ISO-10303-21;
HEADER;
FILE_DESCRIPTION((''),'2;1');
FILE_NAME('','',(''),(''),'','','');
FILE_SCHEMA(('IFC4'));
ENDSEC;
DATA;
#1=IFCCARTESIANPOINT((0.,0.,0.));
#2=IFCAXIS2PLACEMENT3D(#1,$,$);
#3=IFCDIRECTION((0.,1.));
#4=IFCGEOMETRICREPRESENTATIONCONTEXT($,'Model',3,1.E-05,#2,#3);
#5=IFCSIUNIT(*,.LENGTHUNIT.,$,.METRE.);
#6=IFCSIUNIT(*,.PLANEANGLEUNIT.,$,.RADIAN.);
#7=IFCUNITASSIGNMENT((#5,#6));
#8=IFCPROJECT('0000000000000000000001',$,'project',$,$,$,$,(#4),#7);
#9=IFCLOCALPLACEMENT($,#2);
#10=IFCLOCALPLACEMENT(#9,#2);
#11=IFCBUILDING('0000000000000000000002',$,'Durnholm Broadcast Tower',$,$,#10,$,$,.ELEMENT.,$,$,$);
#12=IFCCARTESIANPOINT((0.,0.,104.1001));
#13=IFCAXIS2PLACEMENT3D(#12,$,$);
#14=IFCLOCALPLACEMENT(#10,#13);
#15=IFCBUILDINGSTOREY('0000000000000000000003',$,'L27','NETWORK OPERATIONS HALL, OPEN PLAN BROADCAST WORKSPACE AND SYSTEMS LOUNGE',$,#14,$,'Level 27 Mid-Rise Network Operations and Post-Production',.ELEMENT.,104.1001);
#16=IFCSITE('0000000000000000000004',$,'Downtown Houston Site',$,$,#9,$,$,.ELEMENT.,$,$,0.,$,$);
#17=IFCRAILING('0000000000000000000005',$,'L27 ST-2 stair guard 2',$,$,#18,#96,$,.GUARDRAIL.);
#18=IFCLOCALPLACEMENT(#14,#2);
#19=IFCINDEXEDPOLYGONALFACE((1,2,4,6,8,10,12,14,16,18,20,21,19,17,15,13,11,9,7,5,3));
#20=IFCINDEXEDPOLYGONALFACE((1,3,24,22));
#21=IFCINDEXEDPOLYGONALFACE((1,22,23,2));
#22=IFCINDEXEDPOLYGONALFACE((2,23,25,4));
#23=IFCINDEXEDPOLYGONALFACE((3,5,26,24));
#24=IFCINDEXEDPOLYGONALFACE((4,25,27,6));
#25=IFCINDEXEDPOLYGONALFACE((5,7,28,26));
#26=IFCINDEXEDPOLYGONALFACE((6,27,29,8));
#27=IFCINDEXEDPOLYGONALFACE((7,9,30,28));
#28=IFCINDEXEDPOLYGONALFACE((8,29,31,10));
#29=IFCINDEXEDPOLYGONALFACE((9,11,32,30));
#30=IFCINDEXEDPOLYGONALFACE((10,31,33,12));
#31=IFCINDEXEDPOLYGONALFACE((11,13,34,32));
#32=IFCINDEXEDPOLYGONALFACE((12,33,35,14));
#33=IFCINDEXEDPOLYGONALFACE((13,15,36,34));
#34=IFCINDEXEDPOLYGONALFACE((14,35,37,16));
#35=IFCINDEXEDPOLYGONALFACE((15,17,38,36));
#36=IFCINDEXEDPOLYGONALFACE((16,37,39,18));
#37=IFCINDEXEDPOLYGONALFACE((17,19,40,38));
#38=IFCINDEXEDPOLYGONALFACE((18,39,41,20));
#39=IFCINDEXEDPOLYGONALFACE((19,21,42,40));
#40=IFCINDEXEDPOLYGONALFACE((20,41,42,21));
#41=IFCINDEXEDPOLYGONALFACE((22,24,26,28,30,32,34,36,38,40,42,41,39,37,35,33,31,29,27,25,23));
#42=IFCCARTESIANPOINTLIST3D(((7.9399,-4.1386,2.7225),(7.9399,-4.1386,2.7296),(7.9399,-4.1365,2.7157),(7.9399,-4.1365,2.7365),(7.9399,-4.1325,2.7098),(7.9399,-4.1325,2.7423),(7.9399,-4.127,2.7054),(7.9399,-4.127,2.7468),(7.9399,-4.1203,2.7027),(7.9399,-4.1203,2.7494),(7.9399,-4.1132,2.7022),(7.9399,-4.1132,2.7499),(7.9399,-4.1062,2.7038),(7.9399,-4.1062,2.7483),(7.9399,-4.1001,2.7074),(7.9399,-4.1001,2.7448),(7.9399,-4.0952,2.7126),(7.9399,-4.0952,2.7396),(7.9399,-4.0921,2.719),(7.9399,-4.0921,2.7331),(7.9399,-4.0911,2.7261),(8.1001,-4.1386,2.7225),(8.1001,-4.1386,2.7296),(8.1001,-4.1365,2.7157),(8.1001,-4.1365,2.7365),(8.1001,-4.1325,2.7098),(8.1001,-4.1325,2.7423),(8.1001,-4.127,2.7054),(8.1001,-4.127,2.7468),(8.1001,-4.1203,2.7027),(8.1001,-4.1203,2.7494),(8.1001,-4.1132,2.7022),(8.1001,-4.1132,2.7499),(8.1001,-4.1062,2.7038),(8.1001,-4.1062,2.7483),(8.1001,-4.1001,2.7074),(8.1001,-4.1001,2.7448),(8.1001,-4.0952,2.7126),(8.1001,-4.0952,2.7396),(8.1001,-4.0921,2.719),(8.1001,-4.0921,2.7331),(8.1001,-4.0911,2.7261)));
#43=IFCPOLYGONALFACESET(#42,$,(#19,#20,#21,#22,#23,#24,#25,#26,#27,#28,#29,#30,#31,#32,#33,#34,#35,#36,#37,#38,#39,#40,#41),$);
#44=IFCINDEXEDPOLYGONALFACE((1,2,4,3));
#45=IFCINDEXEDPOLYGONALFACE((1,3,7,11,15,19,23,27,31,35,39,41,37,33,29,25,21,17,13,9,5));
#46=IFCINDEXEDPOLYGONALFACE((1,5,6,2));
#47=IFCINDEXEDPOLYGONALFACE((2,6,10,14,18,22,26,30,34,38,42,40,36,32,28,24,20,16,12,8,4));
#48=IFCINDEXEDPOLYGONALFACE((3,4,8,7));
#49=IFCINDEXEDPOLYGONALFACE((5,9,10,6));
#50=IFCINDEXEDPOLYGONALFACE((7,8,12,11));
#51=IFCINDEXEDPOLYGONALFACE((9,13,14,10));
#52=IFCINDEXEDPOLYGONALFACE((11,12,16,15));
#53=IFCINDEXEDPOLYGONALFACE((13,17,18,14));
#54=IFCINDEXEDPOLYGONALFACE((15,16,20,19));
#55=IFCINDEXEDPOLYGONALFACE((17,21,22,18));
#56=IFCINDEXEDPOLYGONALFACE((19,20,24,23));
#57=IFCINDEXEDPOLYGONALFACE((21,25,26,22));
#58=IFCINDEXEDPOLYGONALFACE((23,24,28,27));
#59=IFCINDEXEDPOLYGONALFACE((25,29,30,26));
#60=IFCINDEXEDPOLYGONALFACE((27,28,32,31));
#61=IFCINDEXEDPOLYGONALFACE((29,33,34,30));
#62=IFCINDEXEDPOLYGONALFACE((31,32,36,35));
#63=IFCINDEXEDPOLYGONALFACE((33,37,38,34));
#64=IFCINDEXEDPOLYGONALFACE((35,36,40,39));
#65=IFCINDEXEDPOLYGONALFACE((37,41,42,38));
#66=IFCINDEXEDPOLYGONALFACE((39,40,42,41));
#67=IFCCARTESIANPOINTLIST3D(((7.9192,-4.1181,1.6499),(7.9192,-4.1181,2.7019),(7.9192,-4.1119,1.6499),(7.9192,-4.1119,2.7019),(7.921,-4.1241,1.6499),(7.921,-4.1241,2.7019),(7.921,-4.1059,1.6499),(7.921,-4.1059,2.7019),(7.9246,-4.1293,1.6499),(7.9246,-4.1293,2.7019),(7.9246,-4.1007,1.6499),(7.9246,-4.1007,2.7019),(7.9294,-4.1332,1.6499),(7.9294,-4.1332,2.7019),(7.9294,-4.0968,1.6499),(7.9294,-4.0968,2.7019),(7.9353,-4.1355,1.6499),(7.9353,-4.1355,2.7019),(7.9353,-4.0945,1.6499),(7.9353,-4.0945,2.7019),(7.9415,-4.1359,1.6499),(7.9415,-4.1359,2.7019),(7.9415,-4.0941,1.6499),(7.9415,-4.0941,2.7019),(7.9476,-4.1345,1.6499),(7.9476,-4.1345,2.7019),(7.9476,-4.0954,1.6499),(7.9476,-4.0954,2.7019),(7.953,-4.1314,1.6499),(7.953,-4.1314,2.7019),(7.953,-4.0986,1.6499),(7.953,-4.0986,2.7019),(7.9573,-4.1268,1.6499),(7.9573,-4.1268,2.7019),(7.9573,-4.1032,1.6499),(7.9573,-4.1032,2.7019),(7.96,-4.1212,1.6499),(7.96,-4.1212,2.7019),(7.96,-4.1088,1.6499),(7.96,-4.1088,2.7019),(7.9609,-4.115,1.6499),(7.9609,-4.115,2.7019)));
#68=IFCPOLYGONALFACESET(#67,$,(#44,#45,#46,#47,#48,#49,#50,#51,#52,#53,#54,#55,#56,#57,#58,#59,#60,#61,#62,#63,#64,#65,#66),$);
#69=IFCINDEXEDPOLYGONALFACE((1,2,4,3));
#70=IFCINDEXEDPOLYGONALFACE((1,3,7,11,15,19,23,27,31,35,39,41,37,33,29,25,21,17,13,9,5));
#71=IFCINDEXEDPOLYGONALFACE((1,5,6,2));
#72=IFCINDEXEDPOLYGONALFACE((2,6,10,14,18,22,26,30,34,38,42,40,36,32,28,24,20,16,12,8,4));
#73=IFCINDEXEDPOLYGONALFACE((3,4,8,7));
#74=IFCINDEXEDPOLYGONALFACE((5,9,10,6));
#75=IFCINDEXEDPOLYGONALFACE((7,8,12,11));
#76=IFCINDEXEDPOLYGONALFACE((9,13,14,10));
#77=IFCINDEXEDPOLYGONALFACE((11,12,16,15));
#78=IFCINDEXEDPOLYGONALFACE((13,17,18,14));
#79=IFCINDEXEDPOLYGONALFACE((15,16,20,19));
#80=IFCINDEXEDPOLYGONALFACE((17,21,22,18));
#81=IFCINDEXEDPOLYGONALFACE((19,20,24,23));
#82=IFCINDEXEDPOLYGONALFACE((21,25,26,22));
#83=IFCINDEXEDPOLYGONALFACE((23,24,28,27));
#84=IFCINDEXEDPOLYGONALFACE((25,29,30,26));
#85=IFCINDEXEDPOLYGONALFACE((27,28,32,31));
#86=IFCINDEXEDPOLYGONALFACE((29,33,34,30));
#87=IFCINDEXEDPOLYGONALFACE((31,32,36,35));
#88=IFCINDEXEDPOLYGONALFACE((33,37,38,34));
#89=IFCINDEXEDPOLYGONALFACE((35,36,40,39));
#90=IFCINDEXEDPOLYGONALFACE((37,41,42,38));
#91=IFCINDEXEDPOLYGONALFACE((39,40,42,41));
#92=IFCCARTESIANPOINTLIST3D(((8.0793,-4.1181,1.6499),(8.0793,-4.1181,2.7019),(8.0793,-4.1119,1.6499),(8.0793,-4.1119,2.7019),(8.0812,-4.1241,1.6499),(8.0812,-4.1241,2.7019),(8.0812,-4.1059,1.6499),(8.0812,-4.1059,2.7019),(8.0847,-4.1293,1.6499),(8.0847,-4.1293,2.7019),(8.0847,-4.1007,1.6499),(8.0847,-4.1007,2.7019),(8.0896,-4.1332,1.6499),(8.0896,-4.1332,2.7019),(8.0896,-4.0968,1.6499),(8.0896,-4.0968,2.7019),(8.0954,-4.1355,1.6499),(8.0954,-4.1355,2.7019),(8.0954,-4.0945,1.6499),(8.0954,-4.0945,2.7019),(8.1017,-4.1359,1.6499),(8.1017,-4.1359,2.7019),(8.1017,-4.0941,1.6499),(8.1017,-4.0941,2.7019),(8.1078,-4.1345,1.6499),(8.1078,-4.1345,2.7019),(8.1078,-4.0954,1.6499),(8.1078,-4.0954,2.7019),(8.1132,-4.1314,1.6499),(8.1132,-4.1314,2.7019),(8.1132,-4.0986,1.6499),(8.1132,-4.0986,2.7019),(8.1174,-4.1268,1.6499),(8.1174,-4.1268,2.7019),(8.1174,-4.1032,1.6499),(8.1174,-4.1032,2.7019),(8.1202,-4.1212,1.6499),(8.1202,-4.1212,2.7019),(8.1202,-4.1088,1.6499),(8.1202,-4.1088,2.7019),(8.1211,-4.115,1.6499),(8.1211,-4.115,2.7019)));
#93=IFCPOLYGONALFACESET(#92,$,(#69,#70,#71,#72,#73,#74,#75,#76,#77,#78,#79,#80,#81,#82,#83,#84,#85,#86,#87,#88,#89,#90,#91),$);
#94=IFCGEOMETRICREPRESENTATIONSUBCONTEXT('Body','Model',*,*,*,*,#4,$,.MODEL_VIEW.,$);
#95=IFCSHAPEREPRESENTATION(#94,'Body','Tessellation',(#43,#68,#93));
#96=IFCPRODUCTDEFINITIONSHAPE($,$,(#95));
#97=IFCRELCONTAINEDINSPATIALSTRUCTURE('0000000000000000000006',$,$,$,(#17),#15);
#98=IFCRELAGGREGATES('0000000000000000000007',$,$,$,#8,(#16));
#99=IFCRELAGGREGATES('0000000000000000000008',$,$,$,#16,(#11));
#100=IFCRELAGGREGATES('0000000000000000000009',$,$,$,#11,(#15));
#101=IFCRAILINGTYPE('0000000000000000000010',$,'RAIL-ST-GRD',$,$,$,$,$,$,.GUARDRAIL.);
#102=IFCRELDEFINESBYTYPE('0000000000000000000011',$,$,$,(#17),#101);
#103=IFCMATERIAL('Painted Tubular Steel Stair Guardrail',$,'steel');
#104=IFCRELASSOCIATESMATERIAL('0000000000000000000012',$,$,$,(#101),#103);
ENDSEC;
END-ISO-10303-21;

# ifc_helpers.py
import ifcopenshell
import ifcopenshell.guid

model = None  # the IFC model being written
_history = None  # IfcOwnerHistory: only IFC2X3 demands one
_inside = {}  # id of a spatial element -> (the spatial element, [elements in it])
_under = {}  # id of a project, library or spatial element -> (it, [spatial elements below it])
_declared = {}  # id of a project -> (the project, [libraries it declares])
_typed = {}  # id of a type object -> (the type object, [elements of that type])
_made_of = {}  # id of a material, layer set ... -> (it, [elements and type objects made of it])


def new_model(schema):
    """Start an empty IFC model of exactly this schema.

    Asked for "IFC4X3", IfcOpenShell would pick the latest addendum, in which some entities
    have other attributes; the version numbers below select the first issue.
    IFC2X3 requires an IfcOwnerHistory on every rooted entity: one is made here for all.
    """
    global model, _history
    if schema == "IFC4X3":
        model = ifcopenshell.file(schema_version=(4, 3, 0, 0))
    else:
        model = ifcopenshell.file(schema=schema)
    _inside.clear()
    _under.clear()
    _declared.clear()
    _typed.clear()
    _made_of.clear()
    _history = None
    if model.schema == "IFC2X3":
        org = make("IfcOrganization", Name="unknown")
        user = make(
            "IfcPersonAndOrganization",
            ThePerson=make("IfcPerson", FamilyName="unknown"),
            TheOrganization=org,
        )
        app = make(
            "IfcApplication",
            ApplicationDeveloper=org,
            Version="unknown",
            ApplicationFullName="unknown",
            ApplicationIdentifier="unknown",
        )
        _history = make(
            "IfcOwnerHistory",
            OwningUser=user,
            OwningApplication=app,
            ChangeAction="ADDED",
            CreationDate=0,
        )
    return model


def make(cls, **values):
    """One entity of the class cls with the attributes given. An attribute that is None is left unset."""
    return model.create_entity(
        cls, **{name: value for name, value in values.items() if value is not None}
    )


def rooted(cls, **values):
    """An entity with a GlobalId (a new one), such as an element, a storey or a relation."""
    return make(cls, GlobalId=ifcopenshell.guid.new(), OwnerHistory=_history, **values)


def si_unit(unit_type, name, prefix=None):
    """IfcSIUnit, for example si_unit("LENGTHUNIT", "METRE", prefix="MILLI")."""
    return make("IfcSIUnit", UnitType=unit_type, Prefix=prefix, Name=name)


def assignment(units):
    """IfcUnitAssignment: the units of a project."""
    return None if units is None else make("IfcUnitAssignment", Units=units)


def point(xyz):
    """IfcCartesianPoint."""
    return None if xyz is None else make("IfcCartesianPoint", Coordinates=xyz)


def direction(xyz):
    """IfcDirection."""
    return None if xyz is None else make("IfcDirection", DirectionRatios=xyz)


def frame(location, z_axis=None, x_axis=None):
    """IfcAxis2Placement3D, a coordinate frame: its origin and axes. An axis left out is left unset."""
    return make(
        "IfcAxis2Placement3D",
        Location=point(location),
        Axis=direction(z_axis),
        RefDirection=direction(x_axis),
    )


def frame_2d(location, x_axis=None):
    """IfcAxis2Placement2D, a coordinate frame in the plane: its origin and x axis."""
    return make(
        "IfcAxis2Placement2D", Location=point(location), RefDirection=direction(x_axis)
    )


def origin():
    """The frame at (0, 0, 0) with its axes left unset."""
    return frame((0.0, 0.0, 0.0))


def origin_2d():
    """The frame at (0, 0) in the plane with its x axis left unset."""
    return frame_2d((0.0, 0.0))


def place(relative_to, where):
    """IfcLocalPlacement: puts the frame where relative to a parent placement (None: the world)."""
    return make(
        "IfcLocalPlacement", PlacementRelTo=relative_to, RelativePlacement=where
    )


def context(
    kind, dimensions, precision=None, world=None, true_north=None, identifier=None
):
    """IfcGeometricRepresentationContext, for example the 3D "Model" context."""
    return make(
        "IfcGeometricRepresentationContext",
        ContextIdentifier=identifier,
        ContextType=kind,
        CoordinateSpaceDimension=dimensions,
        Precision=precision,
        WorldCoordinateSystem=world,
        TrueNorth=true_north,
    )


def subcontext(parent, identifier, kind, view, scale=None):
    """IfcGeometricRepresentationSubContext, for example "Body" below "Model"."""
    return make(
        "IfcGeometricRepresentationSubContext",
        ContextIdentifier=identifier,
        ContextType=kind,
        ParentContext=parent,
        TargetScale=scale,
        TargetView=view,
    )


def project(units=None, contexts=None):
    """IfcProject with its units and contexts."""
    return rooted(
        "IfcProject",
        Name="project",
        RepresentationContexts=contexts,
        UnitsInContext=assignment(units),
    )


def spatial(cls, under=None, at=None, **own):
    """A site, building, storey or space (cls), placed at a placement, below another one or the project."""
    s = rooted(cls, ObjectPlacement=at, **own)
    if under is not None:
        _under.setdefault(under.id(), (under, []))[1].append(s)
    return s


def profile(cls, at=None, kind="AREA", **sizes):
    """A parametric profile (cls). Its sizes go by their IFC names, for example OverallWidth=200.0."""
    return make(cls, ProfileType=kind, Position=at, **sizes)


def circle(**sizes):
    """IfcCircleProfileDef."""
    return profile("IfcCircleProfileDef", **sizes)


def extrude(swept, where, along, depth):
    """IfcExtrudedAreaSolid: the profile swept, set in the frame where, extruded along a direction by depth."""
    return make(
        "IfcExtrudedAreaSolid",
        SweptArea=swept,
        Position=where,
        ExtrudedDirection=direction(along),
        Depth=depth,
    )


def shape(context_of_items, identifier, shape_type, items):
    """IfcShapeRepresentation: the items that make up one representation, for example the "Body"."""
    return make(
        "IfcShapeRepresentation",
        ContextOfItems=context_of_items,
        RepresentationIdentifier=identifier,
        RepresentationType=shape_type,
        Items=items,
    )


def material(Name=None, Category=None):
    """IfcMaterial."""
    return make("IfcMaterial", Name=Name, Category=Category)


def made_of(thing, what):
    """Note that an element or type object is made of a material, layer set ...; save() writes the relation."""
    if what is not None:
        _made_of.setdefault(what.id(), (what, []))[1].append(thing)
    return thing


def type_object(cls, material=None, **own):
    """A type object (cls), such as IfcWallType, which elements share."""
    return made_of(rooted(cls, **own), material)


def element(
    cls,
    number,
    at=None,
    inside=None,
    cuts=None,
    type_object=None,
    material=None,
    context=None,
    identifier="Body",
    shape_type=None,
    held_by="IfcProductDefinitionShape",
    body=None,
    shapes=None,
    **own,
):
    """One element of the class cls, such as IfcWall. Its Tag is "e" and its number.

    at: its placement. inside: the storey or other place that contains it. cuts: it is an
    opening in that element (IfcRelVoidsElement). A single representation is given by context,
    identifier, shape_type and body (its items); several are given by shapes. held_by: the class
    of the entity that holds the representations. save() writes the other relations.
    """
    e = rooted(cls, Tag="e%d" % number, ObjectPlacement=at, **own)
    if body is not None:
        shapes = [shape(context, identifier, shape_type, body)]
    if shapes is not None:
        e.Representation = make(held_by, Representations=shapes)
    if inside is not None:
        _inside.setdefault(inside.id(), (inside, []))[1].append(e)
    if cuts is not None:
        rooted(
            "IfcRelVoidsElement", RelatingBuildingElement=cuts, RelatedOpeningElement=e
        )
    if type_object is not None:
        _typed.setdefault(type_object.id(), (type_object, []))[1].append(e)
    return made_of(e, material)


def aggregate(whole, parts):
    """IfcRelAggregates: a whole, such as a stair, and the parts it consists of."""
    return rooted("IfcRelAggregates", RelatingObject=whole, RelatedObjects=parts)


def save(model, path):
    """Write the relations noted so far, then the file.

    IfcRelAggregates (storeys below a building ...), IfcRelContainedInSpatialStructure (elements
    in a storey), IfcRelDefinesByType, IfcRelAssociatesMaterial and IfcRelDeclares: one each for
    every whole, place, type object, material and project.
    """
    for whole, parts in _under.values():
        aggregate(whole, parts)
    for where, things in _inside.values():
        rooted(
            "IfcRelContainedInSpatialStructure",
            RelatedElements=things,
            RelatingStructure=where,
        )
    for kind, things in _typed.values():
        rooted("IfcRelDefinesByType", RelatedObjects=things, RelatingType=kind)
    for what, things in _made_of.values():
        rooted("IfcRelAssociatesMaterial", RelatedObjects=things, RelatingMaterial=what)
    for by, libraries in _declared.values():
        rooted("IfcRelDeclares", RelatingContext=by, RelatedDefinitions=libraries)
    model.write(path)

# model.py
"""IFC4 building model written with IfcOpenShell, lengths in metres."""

from ifc_helpers import new_model, si_unit, direction, frame, origin, origin_2d, place, context, subcontext, project, spatial, circle, extrude, material, type_object, element, save


model = new_model("IFC4")

# Units and contexts
model_context = context("Model", 3, precision=1e-05, world=origin(), true_north=direction((0.0, 1.0)))
body_context = subcontext(model_context, "Body", "Model", "MODEL_VIEW")
ifc_project = project(units=[si_unit("LENGTHUNIT", "METRE"), si_unit("PLANEANGLEUNIT", "RADIAN")], contexts=[model_context])

# Site, building, storey
site_placement = place(None, origin())
site = spatial("IfcSite", under=ifc_project, at=site_placement, Name="Downtown Houston Site", CompositionType="ELEMENT", RefElevation=0.0)
building_placement = place(site_placement, origin())
building = spatial("IfcBuilding", under=site, at=building_placement, Name="Durnholm Broadcast Tower", CompositionType="ELEMENT")
storey_placement = place(building_placement, frame((0.0, 0.0, 104.1001)))
storey = spatial("IfcBuildingStorey", under=building, at=storey_placement, Name="L27", Description="NETWORK OPERATIONS HALL, OPEN PLAN BROADCAST WORKSPACE AND SYSTEMS LOUNGE", LongName="Level 27 Mid-Rise Network Operations and Post-Production", CompositionType="ELEMENT", Elevation=104.1001)

# Railing
ifc_material_1 = material(Name="Painted Tubular Steel Stair Guardrail", Category="steel")
railing_type_1 = type_object("IfcRailingType", Name="RAIL-ST-GRD", PredefinedType="GUARDRAIL", material=ifc_material_1)
railing_1_placement = place(storey_placement, frame((7.9399, -4.115, 1.6499)))
element("IfcRailing", 1, at=railing_1_placement, inside=storey, type_object=railing_type_1, Name="L27 ST-2 stair guard 2", PredefinedType="GUARDRAIL", context=body_context, shape_type="SweptSolid", body=[
    extrude(circle(Radius=0.0239, at=origin_2d()), frame((0.0, 0.0, 1.0762), z_axis=(1.0, 0.0, 0.0), x_axis=(0.0, 1.0, 0.0)), (0.0, 0.0, 1.0), 0.1602),
    extrude(circle(Radius=0.021, at=origin_2d()), origin(), (0.0, 0.0, 1.0), 1.052),
    extrude(circle(Radius=0.021, at=origin_2d()), frame((0.1602, 0.0, 0.0)), (0.0, 0.0, 1.0), 1.052),
])

save(model, "model.ifc")
